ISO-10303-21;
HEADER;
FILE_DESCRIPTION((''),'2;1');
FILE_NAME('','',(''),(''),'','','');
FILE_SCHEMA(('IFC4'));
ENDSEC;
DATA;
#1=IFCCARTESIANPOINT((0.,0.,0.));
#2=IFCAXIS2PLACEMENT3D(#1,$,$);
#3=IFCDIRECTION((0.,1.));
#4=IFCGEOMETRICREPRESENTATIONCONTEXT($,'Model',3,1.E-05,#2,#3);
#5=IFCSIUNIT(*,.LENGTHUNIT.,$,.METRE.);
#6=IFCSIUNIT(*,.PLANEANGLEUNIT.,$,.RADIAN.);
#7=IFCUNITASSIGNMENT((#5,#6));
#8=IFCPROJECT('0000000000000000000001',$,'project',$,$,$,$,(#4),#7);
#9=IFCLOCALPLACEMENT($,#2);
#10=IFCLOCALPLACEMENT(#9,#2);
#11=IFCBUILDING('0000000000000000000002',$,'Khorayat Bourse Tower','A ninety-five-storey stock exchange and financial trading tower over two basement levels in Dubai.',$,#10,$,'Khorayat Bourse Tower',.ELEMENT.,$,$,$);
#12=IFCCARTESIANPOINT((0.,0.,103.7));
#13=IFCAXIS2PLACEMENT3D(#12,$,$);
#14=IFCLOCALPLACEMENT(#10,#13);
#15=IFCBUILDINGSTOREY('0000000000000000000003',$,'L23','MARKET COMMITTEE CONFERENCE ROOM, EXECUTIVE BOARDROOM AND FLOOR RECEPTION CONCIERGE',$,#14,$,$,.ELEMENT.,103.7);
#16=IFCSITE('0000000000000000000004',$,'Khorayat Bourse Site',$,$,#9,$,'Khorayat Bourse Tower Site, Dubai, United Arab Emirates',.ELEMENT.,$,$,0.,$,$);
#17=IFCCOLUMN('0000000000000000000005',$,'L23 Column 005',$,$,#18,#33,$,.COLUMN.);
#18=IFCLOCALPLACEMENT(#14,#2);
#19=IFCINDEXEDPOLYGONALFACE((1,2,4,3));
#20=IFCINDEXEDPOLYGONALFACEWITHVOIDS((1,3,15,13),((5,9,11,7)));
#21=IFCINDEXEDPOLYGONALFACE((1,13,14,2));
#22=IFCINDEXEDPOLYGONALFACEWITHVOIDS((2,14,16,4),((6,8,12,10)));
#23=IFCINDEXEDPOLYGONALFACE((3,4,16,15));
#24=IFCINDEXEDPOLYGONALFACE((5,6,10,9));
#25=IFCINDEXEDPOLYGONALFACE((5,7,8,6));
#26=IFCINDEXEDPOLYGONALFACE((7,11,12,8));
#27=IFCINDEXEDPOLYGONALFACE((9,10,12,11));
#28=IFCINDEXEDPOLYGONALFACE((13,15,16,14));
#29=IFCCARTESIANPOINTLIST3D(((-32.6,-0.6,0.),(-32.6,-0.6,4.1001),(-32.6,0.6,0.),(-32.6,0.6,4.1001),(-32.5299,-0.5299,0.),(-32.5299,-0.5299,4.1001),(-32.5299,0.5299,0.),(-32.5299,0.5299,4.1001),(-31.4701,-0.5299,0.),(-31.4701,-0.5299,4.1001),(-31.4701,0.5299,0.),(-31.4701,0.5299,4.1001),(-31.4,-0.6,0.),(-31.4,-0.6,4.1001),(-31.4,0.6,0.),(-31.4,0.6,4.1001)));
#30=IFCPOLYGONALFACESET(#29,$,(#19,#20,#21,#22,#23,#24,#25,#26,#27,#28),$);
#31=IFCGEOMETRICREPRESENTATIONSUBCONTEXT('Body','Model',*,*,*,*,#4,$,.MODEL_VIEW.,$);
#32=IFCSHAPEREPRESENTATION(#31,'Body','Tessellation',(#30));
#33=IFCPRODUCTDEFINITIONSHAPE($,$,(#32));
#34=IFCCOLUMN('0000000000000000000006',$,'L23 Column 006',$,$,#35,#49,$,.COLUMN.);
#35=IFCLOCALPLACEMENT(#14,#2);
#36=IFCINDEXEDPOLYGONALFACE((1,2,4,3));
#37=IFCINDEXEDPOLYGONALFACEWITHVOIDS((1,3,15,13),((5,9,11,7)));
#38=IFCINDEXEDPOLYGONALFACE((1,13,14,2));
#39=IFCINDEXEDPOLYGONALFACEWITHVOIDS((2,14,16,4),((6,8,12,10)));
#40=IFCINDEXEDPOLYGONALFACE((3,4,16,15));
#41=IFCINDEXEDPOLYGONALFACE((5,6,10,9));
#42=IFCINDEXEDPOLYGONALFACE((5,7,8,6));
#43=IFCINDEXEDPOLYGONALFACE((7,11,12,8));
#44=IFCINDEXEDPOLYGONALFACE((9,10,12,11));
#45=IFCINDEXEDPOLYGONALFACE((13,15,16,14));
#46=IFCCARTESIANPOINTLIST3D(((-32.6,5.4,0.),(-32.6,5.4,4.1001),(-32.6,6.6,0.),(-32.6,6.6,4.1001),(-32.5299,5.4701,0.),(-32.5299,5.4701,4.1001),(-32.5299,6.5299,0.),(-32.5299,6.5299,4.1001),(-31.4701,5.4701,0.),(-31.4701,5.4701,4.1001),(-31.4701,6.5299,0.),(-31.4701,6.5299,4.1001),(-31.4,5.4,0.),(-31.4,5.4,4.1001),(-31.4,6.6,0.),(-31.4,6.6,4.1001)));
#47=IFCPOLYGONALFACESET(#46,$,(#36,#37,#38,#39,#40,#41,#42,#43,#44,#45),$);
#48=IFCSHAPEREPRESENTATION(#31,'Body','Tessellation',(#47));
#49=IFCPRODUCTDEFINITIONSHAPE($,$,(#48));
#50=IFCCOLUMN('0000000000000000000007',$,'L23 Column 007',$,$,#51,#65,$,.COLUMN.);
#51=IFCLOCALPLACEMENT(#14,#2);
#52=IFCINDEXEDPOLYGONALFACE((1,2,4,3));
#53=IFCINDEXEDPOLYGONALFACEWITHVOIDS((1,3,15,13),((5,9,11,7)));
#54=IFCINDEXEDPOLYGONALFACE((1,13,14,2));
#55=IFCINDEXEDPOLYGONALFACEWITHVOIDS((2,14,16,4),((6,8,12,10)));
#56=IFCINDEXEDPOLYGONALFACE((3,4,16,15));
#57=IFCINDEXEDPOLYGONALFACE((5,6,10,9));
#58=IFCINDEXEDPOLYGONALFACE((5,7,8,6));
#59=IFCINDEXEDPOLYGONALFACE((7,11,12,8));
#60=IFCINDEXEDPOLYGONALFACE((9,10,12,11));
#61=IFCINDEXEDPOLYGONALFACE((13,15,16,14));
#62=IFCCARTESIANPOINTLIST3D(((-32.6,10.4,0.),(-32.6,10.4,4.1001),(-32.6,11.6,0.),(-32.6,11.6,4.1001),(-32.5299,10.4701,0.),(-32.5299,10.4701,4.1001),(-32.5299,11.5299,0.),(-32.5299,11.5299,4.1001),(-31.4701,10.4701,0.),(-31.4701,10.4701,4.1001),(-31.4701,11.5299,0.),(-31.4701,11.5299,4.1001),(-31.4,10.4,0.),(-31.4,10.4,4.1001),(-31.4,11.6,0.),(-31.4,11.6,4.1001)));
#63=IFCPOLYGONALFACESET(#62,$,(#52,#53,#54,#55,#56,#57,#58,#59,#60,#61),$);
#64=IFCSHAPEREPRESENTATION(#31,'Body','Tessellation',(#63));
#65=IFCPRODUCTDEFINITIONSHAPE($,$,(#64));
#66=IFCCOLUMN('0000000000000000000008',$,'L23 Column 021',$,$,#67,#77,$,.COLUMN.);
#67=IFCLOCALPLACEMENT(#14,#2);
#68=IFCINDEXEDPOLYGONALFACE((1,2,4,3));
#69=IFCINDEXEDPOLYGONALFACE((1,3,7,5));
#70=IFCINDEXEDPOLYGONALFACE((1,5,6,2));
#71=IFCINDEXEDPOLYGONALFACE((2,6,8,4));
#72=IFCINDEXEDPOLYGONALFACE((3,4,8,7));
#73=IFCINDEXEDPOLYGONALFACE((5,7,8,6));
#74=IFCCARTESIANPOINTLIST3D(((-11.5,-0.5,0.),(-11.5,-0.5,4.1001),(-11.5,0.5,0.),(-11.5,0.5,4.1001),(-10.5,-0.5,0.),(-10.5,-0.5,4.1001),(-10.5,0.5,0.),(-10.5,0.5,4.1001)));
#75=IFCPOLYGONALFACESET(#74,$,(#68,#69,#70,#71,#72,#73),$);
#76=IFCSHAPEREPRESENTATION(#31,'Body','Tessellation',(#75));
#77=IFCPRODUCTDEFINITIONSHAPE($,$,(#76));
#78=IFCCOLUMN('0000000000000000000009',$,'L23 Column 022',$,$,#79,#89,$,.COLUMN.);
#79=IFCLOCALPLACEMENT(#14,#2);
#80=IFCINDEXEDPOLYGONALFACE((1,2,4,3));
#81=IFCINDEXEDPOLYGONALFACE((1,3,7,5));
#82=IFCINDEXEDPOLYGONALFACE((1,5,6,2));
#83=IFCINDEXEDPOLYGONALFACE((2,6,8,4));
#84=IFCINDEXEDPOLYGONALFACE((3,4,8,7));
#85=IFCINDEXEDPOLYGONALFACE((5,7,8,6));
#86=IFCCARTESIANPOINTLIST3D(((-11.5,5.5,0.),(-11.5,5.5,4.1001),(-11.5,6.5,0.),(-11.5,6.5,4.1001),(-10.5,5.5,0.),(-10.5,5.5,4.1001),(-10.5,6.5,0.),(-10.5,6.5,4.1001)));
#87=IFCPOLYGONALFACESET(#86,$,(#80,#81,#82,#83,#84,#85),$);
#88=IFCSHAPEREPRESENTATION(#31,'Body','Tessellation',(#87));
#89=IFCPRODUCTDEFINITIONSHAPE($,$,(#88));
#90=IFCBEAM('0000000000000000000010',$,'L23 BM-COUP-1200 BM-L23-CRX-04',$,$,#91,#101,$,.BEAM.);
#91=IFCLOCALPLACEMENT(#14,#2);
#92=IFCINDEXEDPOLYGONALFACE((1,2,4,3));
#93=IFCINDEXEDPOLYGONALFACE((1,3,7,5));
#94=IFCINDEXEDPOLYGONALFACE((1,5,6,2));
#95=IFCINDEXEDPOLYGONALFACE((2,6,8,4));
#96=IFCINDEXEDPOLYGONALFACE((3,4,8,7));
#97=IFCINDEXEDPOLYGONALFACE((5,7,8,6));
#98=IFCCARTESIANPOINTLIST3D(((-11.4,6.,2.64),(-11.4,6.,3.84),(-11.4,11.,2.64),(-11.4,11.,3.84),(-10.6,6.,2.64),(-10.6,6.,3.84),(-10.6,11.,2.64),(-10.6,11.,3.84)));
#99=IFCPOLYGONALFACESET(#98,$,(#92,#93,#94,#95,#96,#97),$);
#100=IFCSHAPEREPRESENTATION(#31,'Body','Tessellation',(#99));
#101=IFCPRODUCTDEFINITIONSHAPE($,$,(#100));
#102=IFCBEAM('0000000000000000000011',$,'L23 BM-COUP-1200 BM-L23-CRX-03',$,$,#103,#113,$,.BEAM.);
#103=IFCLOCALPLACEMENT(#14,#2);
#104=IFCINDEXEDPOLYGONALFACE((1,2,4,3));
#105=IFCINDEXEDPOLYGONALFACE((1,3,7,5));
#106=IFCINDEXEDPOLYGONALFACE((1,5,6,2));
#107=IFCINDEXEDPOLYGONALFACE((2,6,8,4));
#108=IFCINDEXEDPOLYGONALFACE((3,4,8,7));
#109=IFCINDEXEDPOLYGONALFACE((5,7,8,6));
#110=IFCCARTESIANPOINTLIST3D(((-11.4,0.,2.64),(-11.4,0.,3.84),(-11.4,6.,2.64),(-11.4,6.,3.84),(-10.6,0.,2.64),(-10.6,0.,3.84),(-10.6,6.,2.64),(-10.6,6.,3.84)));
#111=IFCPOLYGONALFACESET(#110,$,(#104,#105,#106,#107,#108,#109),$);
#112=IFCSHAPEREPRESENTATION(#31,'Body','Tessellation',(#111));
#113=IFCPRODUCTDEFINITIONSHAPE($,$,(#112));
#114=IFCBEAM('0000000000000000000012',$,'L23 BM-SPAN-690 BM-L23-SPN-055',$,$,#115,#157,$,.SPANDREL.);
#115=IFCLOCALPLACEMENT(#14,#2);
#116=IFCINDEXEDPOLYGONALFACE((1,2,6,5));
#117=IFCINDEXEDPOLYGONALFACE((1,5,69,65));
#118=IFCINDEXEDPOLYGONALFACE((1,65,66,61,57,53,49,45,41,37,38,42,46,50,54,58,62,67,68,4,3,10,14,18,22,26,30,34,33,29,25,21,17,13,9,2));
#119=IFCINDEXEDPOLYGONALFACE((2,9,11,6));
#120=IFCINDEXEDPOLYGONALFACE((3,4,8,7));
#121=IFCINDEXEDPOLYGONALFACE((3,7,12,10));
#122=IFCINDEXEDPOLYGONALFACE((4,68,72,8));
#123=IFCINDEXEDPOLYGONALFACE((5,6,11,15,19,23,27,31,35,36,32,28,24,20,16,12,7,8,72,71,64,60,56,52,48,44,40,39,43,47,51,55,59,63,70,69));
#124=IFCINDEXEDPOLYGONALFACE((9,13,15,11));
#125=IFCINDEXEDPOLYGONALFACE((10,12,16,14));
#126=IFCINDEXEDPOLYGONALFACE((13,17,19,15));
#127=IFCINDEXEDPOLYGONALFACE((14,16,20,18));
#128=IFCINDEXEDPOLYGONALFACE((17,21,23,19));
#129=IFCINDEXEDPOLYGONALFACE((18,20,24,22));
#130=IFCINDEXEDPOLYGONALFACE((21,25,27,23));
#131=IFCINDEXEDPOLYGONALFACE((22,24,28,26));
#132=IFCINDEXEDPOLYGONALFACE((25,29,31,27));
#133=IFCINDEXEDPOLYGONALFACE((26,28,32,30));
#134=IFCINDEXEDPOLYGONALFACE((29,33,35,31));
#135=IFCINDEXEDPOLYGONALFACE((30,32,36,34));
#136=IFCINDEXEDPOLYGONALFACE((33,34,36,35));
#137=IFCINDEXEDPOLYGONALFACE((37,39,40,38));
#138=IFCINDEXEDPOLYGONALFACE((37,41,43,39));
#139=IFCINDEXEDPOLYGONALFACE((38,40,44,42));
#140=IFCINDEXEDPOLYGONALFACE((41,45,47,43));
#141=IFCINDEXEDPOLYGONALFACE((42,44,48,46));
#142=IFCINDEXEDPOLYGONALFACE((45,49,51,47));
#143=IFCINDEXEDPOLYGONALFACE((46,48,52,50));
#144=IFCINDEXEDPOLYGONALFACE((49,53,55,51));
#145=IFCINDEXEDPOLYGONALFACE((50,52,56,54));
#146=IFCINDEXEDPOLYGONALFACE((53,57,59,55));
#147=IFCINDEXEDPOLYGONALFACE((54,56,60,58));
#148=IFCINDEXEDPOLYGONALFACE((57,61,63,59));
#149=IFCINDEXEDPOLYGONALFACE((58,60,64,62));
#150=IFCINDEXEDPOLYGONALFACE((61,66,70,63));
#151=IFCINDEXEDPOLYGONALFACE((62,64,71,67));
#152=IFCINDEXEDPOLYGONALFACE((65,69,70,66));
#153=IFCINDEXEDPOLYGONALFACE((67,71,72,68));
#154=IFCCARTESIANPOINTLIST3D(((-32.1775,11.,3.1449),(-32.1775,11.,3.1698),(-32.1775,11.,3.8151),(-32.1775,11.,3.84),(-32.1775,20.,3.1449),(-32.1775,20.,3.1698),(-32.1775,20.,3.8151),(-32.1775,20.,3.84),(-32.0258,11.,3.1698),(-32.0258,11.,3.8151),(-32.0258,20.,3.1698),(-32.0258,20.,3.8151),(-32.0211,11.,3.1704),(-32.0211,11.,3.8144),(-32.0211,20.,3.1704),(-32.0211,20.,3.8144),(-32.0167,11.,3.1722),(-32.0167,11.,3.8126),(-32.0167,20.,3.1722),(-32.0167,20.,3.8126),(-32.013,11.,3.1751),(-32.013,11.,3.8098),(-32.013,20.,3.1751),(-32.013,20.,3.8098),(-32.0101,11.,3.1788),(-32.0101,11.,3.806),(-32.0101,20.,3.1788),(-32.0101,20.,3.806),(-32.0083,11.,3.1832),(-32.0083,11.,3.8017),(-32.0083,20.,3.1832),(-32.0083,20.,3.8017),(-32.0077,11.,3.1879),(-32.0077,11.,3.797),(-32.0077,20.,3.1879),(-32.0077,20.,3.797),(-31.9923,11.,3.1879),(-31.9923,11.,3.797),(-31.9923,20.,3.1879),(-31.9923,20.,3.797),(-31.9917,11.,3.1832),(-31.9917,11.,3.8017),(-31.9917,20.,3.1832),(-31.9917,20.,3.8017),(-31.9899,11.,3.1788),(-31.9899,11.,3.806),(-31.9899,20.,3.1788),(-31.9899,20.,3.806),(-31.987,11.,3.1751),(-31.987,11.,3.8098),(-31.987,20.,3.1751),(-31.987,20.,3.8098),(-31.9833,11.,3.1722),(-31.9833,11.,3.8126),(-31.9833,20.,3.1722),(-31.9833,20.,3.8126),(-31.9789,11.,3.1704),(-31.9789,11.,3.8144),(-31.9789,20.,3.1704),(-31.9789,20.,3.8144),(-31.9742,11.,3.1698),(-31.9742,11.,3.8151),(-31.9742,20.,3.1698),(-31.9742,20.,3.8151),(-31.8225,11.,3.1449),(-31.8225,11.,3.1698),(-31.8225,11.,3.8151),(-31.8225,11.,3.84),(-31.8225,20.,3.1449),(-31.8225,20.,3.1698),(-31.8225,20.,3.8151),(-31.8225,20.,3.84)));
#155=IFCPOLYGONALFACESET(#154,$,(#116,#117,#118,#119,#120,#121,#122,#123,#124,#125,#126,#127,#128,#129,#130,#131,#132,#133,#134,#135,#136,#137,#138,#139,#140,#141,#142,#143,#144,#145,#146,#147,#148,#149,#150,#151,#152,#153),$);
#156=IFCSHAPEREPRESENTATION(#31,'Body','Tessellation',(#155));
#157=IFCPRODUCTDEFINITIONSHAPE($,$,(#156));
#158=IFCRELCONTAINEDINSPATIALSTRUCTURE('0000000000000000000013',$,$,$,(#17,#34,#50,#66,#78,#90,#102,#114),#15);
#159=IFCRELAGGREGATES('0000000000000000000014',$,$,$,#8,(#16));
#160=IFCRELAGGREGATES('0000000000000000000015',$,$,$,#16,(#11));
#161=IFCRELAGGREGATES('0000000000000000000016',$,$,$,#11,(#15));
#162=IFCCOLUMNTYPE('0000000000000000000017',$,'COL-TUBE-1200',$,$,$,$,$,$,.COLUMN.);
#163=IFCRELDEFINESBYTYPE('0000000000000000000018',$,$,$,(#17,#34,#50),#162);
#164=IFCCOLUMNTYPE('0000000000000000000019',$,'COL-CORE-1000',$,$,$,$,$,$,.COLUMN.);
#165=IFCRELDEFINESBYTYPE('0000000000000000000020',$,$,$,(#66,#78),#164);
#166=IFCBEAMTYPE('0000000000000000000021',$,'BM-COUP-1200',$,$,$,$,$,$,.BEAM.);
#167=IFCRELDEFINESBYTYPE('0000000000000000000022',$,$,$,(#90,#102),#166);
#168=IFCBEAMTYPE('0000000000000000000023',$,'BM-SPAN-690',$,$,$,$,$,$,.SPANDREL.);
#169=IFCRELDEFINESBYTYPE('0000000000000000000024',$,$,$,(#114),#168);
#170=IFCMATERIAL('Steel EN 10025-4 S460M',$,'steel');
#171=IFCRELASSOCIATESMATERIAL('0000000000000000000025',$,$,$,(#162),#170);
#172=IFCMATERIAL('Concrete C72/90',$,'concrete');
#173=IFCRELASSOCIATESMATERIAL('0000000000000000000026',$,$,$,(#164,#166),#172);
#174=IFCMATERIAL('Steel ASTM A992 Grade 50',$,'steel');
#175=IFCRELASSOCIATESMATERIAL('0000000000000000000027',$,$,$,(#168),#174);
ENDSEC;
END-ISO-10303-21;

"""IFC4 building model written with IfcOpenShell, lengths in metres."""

from ifc_helpers import new_model, si_unit, direction, frame, origin, origin_2d, place, context, subcontext, project, spatial, rectangle, hollow_rectangle, i_section, extrude, source, transform, mapped, material, material_profile, profile_set, type_object, element, save


model = new_model("IFC4")

# Units and contexts
model_context = context("Model", 3, precision=1e-05, world=origin(), true_north=direction((0.0, 1.0)))
body_context = subcontext(model_context, "Body", "Model", "MODEL_VIEW")
ifc_project = project(units=[si_unit("LENGTHUNIT", "METRE"), si_unit("PLANEANGLEUNIT", "RADIAN")], contexts=[model_context])

# Site, building, storey
site_placement = place(None, origin())
site = spatial("IfcSite", under=ifc_project, at=site_placement, Name="Khorayat Bourse Site", LongName="Khorayat Bourse Tower Site, Dubai, United Arab Emirates", CompositionType="ELEMENT", RefElevation=0.0)
building_placement = place(site_placement, origin())
building = spatial("IfcBuilding", under=site, at=building_placement, Name="Khorayat Bourse Tower", Description="A ninety-five-storey stock exchange and financial trading tower over two basement levels in Dubai.", LongName="Khorayat Bourse Tower", CompositionType="ELEMENT")
storey_placement = place(building_placement, frame((0.0, 0.0, 103.7)))
storey = spatial("IfcBuildingStorey", under=building, at=storey_placement, Name="L23", Description="MARKET COMMITTEE CONFERENCE ROOM, EXECUTIVE BOARDROOM AND FLOOR RECEPTION CONCIERGE", CompositionType="ELEMENT", Elevation=103.7)

# Columns
ifc_material_1 = material(Name="Steel EN 10025-4 S460M", Category="steel")
ifc_material_profile_1 = material_profile(ifc_material_1, hollow_rectangle(XDim=1.2, YDim=1.2, WallThickness=0.0701, at=origin_2d()), Name="BOX 1200x1200x70")
ifc_profile_set_1 = profile_set([ifc_material_profile_1], Name="Steel EN 10025-4 S460M")
column_type_1 = type_object("IfcColumnType", Name="COL-TUBE-1200", PredefinedType="COLUMN", material=ifc_profile_set_1)
shared_shape_1 = source(origin(), body_context, "Body", "SweptSolid", [
    extrude(hollow_rectangle(XDim=1.2, YDim=1.2, WallThickness=0.0701, at=origin_2d()), origin(), (0.0, 0.0, 1.0), 4.1001),
])
for number, where, z_axis, x_axis, name in (
    (1, (-32.0, 0.0, 0.0), (0.0, 0.0, 1.0), (1.0, 0.0, 0.0), "L23 Column 005"),
    (2, (-32.0, 6.0, 0.0), (0.0, 0.0, 1.0), (1.0, 0.0, 0.0), "L23 Column 006"),
    (3, (-32.0, 11.0, 0.0), (0.0, 0.0, 1.0), (1.0, 0.0, 0.0), "L23 Column 007"),
):
    element("IfcColumn", number, at=place(storey_placement, frame(where, z_axis=z_axis, x_axis=x_axis)), inside=storey, type_object=column_type_1, Name=name, PredefinedType="COLUMN", context=body_context, shape_type="MappedRepresentation", body=[
        mapped(shared_shape_1, transform((0.0, 0.0, 0.0), scale=1.0)),
    ])
ifc_material_2 = material(Name="Concrete C72/90", Category="concrete")
ifc_material_profile_2 = material_profile(ifc_material_2, rectangle(XDim=1.0, YDim=1.0, at=origin_2d()), Name="RC 1000x1000")
ifc_profile_set_2 = profile_set([ifc_material_profile_2], Name="Concrete C72/90")
column_type_2 = type_object("IfcColumnType", Name="COL-CORE-1000", PredefinedType="COLUMN", material=ifc_profile_set_2)
shared_shape_2 = source(origin(), body_context, "Body", "SweptSolid", [
    extrude(rectangle(XDim=1.0, YDim=1.0, at=origin_2d()), origin(), (0.0, 0.0, 1.0), 4.1001),
])
for number, where, z_axis, x_axis, name in (
    (4, (-11.0, 0.0, 0.0), (0.0, 0.0, 1.0), (1.0, 0.0, 0.0), "L23 Column 021"),
    (5, (-11.0, 6.0, 0.0), (0.0, 0.0, 1.0), (1.0, 0.0, 0.0), "L23 Column 022"),
):
    element("IfcColumn", number, at=place(storey_placement, frame(where, z_axis=z_axis, x_axis=x_axis)), inside=storey, type_object=column_type_2, Name=name, PredefinedType="COLUMN", context=body_context, shape_type="MappedRepresentation", body=[
        mapped(shared_shape_2, transform((0.0, 0.0, 0.0), scale=1.0)),
    ])

# Beams
ifc_material_profile_3 = material_profile(ifc_material_2, rectangle(XDim=0.8, YDim=1.2, at=origin_2d()), Name="RC 800x1200")
ifc_profile_set_3 = profile_set([ifc_material_profile_3], Name="Concrete C72/90")
beam_type_1 = type_object("IfcBeamType", Name="BM-COUP-1200", PredefinedType="BEAM", material=ifc_profile_set_3)
shared_shape_3 = source(origin(), body_context, "Body", "SweptSolid", [
    extrude(rectangle(XDim=0.8, YDim=1.2, at=origin_2d()), origin(), (0.0, 0.0, 1.0), 5.0),
])
beam_1_placement = place(storey_placement, frame((-11.0, 6.0, 3.24), z_axis=(0.0, 1.0, 0.0), x_axis=(-1.0, 0.0, 0.0)))
element("IfcBeam", 6, at=beam_1_placement, inside=storey, type_object=beam_type_1, Name="L23 BM-COUP-1200 BM-L23-CRX-04", PredefinedType="BEAM", context=body_context, shape_type="MappedRepresentation", body=[
    mapped(shared_shape_3, transform((0.0, 0.0, 0.0), scale=1.0)),
])
shared_shape_4 = source(origin(), body_context, "Body", "SweptSolid", [
    extrude(rectangle(XDim=0.8, YDim=1.2, at=origin_2d()), origin(), (0.0, 0.0, 1.0), 6.0),
])
beam_2_placement = place(storey_placement, frame((-11.0, 0.0, 3.24), z_axis=(0.0, 1.0, 0.0), x_axis=(-1.0, 0.0, 0.0)))
element("IfcBeam", 7, at=beam_2_placement, inside=storey, type_object=beam_type_1, Name="L23 BM-COUP-1200 BM-L23-CRX-03", PredefinedType="BEAM", context=body_context, shape_type="MappedRepresentation", body=[
    mapped(shared_shape_4, transform((0.0, 0.0, 0.0), scale=1.0)),
])
ifc_material_3 = material(Name="Steel ASTM A992 Grade 50", Category="steel")
ifc_material_profile_4 = material_profile(ifc_material_3, i_section(OverallWidth=0.355, OverallDepth=0.6951, WebThickness=0.0154, FlangeThickness=0.0249, FilletRadius=0.0181, at=origin_2d()), Name="W690X217")
ifc_profile_set_4 = profile_set([ifc_material_profile_4], Name="Steel ASTM A992 Grade 50")
beam_type_2 = type_object("IfcBeamType", Name="BM-SPAN-690", PredefinedType="SPANDREL", material=ifc_profile_set_4)
shared_shape_5 = source(origin(), body_context, "Body", "SweptSolid", [
    extrude(i_section(OverallWidth=0.355, OverallDepth=0.6951, WebThickness=0.0154, FlangeThickness=0.0249, FilletRadius=0.0181, at=origin_2d()), origin(), (0.0, 0.0, 1.0), 9.0),
])
beam_3_placement = place(storey_placement, frame((-32.0, 11.0, 3.4924), z_axis=(0.0, 1.0, 0.0), x_axis=(-1.0, 0.0, 0.0)))
element("IfcBeam", 8, at=beam_3_placement, inside=storey, type_object=beam_type_2, Name="L23 BM-SPAN-690 BM-L23-SPN-055", PredefinedType="SPANDREL", context=body_context, shape_type="MappedRepresentation", body=[
    mapped(shared_shape_5, transform((0.0, 0.0, 0.0), scale=1.0)),
])

save(model, "model.ifc")
